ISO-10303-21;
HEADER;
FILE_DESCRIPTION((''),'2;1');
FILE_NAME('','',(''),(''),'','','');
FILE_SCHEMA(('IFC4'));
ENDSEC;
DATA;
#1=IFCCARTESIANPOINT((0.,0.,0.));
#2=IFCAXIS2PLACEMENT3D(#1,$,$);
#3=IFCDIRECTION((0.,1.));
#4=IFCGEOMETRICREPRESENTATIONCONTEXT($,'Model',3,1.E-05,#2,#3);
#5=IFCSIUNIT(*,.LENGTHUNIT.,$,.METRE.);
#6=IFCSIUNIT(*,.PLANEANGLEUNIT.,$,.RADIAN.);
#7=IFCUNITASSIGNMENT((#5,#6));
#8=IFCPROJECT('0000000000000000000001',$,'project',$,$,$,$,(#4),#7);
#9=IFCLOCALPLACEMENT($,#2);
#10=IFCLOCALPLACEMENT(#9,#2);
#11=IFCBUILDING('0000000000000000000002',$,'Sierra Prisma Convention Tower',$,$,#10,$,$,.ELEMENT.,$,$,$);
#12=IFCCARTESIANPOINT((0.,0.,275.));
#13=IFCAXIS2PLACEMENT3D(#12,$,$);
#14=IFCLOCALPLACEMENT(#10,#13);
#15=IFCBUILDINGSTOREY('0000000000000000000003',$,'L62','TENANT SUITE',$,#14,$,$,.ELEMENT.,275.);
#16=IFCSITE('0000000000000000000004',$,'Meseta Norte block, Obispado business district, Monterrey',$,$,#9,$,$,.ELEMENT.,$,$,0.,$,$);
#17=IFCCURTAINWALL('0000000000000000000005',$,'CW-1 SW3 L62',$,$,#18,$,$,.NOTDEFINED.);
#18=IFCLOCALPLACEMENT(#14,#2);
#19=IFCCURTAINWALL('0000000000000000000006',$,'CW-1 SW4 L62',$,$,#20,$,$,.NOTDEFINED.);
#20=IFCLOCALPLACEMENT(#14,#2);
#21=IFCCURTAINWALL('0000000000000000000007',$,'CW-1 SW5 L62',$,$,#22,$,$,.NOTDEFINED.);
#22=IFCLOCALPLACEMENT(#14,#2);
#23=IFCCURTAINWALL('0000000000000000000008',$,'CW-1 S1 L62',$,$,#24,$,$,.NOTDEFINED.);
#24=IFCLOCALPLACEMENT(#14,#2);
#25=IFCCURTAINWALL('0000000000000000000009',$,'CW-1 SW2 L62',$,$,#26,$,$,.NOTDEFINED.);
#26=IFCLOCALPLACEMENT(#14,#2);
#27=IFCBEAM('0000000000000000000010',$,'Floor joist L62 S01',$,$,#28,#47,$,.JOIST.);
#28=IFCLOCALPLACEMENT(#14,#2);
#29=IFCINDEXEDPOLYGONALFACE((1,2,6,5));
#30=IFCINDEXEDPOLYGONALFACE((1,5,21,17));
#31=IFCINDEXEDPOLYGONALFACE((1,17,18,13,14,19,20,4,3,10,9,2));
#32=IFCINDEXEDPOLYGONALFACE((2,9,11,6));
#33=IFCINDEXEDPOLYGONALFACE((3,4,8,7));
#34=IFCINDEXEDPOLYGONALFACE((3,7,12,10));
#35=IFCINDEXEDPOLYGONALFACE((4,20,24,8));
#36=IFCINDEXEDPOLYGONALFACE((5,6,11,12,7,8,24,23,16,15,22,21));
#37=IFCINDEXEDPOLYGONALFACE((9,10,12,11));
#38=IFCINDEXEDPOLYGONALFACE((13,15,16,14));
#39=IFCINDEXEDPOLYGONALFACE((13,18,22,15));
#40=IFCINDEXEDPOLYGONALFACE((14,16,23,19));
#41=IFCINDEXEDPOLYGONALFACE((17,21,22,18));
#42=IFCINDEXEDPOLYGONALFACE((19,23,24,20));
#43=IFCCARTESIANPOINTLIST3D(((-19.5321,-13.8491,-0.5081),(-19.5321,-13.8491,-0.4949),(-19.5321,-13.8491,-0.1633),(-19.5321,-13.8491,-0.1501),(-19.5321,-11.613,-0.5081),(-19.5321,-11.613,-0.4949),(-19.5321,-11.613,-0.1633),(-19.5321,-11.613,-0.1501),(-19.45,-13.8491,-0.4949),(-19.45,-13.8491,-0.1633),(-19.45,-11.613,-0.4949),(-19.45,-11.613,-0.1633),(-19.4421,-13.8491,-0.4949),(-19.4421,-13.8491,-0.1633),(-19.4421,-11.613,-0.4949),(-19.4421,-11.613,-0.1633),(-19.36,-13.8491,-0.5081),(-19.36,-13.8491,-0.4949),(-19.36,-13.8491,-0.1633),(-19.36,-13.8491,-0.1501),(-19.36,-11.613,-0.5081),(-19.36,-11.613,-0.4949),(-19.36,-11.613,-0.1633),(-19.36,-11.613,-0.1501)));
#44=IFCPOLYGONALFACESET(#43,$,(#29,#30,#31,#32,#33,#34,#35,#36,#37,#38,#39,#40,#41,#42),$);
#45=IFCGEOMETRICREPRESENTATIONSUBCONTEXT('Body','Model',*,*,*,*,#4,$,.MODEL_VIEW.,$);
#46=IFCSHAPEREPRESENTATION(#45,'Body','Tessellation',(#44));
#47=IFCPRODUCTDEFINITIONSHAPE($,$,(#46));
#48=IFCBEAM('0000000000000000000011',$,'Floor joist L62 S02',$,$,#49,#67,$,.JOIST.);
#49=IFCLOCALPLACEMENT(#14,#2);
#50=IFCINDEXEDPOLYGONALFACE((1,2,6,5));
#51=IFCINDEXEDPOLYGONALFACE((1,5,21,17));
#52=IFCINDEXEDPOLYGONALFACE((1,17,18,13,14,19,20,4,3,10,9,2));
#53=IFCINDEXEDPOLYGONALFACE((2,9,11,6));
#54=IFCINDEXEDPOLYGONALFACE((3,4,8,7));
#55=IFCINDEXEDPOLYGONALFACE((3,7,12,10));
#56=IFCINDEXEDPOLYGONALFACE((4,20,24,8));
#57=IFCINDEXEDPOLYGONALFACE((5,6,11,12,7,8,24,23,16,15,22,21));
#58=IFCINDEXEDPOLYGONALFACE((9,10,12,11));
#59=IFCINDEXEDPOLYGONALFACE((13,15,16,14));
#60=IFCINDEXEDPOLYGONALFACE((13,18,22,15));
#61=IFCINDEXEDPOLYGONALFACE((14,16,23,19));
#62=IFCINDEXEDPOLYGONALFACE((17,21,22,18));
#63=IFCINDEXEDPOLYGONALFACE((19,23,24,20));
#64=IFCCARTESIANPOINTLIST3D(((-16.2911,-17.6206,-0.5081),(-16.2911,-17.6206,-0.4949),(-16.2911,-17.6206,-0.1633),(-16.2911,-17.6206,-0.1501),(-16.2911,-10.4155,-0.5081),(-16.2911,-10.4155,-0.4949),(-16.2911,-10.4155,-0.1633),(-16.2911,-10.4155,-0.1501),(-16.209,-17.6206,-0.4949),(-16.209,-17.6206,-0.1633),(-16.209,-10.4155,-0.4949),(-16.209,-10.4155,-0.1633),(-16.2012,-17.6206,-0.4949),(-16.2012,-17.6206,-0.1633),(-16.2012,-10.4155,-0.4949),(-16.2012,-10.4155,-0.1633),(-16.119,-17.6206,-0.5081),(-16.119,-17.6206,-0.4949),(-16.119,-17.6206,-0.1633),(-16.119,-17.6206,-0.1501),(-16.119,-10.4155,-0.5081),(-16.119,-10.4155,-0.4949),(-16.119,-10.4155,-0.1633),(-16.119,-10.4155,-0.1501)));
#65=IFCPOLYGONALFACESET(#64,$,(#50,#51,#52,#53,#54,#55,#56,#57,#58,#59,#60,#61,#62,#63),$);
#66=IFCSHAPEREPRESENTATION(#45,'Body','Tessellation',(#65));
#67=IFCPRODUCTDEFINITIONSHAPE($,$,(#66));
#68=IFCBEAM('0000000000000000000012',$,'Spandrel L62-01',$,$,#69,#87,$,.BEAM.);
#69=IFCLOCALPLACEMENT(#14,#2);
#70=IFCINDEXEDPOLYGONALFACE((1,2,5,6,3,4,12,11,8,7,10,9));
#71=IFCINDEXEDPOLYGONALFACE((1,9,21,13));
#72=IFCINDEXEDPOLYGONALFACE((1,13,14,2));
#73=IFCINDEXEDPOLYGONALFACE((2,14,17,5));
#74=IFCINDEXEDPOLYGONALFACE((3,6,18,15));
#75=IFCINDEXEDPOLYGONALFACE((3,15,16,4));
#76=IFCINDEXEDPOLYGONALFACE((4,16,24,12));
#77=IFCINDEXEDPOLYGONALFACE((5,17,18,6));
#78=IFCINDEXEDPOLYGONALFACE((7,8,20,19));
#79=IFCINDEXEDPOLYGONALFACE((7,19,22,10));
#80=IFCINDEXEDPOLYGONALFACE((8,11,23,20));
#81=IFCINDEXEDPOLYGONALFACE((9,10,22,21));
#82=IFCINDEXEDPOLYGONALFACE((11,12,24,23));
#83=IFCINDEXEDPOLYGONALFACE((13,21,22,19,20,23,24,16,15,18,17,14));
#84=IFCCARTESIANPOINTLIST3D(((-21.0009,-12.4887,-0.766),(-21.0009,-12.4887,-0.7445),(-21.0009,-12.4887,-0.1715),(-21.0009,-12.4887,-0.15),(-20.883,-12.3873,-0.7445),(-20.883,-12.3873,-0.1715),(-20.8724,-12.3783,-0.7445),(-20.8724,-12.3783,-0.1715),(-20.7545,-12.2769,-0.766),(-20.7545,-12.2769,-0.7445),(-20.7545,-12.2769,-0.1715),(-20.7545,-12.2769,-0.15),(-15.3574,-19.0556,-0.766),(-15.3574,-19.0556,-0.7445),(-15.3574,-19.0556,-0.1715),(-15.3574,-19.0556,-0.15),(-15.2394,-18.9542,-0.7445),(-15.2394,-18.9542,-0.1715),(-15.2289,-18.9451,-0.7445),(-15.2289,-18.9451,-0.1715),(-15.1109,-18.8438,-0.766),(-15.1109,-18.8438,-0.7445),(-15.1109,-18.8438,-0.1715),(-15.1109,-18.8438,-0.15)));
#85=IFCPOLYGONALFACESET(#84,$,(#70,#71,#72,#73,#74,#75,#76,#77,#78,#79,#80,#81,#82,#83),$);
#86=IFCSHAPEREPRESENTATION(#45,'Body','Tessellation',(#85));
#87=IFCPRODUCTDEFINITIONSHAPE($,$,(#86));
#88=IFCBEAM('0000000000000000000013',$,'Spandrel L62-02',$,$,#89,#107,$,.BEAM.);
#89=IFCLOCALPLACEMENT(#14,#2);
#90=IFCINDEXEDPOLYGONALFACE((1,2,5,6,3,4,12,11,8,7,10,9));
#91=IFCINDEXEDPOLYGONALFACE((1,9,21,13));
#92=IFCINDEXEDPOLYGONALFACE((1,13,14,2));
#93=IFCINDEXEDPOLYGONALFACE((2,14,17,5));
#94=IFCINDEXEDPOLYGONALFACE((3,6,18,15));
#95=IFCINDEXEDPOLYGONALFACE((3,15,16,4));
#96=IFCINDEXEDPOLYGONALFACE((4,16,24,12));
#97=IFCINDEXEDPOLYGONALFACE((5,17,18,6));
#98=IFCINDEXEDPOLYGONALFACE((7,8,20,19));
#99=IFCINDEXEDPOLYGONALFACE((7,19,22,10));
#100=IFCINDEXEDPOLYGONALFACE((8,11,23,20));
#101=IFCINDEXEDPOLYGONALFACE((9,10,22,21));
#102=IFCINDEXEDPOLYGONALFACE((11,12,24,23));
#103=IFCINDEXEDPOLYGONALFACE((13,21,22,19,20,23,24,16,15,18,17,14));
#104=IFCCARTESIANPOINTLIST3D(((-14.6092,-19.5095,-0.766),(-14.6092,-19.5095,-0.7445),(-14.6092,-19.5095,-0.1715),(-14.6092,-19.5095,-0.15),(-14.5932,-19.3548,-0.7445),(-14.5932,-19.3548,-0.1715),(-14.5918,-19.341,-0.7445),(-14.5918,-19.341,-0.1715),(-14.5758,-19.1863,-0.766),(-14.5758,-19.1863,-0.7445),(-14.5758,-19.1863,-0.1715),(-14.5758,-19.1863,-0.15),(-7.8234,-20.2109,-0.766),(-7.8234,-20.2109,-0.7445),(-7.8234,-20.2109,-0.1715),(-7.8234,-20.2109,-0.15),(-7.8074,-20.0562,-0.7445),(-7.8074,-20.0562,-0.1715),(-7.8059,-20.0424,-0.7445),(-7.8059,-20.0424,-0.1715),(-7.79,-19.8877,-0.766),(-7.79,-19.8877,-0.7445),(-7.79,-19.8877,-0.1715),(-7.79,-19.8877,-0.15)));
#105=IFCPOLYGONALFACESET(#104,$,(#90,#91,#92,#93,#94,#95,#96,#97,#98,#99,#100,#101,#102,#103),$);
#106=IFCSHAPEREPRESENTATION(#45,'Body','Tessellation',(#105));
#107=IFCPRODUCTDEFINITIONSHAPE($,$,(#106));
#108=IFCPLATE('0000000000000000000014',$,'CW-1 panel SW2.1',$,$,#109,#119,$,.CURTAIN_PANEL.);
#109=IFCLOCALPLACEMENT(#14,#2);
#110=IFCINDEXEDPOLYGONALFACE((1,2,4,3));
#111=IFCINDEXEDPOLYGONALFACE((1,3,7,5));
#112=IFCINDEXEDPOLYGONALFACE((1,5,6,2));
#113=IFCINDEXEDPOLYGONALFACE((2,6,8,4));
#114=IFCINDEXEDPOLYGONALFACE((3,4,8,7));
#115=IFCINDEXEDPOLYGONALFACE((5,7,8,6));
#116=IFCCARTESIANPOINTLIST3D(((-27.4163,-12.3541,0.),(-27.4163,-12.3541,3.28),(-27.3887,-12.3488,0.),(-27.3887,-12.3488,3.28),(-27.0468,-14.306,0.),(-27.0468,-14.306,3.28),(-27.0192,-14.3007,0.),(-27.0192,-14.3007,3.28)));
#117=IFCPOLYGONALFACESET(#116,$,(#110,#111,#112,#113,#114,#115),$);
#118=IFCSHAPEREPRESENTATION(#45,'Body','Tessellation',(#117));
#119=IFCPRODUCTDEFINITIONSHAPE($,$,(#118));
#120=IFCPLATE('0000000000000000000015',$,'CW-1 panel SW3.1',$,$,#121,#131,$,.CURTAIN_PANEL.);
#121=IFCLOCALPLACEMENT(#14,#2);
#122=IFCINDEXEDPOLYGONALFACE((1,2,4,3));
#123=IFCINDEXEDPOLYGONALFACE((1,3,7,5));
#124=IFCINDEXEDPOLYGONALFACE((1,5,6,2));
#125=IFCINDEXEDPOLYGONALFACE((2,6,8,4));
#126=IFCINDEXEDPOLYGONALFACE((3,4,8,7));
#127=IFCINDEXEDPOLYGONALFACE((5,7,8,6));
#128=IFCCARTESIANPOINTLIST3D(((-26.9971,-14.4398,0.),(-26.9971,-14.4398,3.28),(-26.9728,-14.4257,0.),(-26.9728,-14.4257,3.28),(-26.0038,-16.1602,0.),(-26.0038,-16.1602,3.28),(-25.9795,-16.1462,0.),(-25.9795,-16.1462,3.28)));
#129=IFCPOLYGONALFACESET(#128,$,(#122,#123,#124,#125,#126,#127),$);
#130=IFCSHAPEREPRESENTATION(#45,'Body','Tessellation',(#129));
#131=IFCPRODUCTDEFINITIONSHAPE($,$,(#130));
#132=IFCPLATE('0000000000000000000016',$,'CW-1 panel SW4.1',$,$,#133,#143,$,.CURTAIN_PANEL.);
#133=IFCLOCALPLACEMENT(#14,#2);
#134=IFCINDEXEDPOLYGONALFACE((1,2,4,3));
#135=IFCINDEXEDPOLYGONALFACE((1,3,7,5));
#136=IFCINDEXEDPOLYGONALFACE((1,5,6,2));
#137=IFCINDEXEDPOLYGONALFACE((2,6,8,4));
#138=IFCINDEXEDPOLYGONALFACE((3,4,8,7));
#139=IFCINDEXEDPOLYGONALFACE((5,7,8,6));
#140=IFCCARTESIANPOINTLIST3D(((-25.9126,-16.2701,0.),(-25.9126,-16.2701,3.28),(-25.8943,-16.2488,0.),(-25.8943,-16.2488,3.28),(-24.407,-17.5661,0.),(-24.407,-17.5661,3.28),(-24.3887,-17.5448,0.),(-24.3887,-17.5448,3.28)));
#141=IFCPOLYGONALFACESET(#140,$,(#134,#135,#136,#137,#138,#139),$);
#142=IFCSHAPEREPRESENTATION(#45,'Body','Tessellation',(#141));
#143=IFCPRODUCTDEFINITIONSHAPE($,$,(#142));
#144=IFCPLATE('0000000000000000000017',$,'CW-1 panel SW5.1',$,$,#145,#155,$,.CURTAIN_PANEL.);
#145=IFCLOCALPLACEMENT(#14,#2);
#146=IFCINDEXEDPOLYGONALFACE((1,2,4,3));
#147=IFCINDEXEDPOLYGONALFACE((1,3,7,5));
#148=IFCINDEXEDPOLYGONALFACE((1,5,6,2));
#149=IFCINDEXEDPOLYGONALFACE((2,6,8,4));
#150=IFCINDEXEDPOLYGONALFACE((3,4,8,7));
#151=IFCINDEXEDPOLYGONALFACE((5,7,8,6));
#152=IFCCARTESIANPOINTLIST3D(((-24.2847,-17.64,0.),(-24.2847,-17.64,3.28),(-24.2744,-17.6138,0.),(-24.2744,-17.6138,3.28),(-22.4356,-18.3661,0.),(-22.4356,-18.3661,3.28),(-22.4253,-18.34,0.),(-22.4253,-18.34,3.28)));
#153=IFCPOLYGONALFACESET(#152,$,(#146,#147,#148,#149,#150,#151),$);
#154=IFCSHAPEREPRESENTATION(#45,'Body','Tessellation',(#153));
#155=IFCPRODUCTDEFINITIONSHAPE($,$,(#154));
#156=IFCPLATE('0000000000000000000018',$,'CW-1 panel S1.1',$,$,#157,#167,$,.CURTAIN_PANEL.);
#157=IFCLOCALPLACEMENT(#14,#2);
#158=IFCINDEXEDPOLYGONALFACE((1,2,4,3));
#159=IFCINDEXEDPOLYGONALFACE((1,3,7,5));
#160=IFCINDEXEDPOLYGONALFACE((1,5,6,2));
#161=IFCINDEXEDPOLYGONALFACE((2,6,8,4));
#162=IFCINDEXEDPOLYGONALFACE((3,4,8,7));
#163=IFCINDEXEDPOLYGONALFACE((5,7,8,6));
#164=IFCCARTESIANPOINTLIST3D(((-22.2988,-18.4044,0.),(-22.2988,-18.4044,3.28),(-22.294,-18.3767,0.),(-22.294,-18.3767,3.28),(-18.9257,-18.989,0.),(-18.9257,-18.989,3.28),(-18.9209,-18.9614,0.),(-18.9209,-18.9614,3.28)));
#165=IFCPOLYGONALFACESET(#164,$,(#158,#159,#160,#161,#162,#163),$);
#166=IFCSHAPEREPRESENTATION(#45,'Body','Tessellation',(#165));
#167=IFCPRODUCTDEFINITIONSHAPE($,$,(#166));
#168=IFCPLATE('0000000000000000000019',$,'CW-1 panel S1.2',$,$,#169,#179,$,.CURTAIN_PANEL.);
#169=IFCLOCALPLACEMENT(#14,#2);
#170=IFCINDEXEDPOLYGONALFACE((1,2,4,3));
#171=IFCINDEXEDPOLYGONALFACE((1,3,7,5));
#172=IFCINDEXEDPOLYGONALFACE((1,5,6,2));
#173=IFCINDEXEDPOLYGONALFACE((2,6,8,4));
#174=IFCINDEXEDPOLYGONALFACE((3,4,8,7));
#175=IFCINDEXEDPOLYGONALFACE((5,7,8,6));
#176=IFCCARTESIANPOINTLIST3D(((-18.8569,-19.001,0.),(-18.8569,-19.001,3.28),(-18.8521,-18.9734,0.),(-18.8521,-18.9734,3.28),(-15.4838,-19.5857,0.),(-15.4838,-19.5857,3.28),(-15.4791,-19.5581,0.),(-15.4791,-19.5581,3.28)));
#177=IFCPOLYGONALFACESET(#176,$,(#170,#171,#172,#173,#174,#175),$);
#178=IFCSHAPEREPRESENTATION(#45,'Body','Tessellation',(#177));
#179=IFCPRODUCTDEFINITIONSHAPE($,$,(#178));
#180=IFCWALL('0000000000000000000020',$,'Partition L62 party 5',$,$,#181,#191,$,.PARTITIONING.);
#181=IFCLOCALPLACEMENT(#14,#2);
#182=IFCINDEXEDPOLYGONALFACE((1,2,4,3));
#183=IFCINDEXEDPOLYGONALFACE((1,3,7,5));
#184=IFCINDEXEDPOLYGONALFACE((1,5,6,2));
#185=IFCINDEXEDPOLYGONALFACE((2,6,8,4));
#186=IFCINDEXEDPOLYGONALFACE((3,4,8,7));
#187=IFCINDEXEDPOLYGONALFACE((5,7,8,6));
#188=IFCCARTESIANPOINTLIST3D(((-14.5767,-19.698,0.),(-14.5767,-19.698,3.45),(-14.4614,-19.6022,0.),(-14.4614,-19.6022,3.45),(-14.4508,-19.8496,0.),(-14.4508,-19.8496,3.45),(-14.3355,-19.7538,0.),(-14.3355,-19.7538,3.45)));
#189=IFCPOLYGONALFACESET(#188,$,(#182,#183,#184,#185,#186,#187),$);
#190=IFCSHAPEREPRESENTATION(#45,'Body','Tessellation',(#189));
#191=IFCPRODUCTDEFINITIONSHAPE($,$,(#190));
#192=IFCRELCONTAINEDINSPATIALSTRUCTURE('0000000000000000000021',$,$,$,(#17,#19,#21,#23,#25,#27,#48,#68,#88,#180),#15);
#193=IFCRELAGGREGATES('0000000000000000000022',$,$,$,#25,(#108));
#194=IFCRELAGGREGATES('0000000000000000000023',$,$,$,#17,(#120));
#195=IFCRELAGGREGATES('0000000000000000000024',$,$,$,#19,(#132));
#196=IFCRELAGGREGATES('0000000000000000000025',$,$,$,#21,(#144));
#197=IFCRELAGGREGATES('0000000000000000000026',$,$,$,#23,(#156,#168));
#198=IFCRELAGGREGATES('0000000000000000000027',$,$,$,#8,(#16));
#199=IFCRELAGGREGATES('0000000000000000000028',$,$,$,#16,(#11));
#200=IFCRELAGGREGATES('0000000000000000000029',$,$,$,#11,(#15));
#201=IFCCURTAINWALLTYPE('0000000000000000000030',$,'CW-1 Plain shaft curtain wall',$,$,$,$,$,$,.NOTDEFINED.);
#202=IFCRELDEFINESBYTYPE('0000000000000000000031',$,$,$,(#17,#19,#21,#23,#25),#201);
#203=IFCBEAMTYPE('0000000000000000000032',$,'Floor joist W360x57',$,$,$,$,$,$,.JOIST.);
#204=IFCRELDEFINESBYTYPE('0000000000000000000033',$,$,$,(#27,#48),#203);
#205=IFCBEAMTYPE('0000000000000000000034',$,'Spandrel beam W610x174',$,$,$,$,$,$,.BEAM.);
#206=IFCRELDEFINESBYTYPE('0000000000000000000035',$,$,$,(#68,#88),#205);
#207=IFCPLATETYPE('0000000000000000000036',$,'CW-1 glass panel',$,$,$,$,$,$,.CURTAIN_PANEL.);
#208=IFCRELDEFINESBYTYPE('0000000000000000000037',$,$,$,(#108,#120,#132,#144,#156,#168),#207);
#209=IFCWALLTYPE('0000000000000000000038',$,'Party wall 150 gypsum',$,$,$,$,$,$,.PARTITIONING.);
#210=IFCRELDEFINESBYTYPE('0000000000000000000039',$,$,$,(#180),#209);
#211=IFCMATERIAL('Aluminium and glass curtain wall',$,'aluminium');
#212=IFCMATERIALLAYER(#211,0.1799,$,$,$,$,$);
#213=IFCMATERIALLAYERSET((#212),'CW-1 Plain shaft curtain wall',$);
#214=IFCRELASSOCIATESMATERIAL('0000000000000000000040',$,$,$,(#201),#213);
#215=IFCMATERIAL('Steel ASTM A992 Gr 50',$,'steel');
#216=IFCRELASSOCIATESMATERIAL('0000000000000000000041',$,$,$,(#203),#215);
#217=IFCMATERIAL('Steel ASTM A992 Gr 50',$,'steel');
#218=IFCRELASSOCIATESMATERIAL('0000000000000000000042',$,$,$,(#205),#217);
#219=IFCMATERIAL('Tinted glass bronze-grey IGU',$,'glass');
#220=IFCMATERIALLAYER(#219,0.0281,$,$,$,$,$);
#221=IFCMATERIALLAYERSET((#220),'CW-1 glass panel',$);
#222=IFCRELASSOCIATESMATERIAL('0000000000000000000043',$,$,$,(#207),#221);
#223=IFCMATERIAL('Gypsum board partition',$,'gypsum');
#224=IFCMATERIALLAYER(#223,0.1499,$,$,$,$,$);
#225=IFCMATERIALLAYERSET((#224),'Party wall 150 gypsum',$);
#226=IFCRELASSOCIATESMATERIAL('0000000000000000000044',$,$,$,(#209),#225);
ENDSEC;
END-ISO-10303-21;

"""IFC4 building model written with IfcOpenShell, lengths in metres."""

from ifc_helpers import new_model, si_unit, direction, frame, frame_2d, origin, origin_2d, place, context, subcontext, project, spatial, rectangle, i_section, extrude, material, layer, layer_set, material_profile, profile_set, type_object, element, aggregate, save


model = new_model("IFC4")

# Units and contexts
model_context = context("Model", 3, precision=1e-05, world=origin(), true_north=direction((0.0, 1.0)))
body_context = subcontext(model_context, "Body", "Model", "MODEL_VIEW")
ifc_project = project(units=[si_unit("LENGTHUNIT", "METRE"), si_unit("PLANEANGLEUNIT", "RADIAN")], contexts=[model_context])

# Site, building, storey
site_placement = place(None, origin())
site = spatial("IfcSite", under=ifc_project, at=site_placement, Name="Meseta Norte block, Obispado business district, Monterrey", CompositionType="ELEMENT", RefElevation=0.0)
building_placement = place(site_placement, origin())
building = spatial("IfcBuilding", under=site, at=building_placement, Name="Sierra Prisma Convention Tower", CompositionType="ELEMENT")
storey_placement = place(building_placement, frame((0.0, 0.0, 275.0)))
storey = spatial("IfcBuildingStorey", under=building, at=storey_placement, Name="L62", Description="TENANT SUITE", CompositionType="ELEMENT", Elevation=275.0)

# Curtain walls
ifc_material_1 = material(Name="Aluminium and glass curtain wall", Category="aluminium")
ifc_layer_1 = layer(ifc_material_1, 0.1799)
ifc_layer_set_1 = layer_set([ifc_layer_1], Name="CW-1 Plain shaft curtain wall")
curtain_wall_type = type_object("IfcCurtainWallType", Name="CW-1 Plain shaft curtain wall", PredefinedType="NOTDEFINED", material=ifc_layer_set_1)
curtain_wall_1_placement = place(storey_placement, origin())
curtain_wall_1 = element("IfcCurtainWall", 1, at=curtain_wall_1_placement, inside=storey, type_object=curtain_wall_type, Name="CW-1 SW3 L62", PredefinedType="NOTDEFINED")
curtain_wall_2_placement = place(storey_placement, origin())
curtain_wall_2 = element("IfcCurtainWall", 2, at=curtain_wall_2_placement, inside=storey, type_object=curtain_wall_type, Name="CW-1 SW4 L62", PredefinedType="NOTDEFINED")
curtain_wall_3_placement = place(storey_placement, origin())
curtain_wall_3 = element("IfcCurtainWall", 3, at=curtain_wall_3_placement, inside=storey, type_object=curtain_wall_type, Name="CW-1 SW5 L62", PredefinedType="NOTDEFINED")

# Curtain wall
curtain_wall_4_placement = place(storey_placement, origin())
curtain_wall_4 = element("IfcCurtainWall", 4, at=curtain_wall_4_placement, inside=storey, type_object=curtain_wall_type, Name="CW-1 S1 L62", PredefinedType="NOTDEFINED")

# Curtain wall
curtain_wall_5_placement = place(storey_placement, origin())
curtain_wall_5 = element("IfcCurtainWall", 5, at=curtain_wall_5_placement, inside=storey, type_object=curtain_wall_type, Name="CW-1 SW2 L62", PredefinedType="NOTDEFINED")

# Beams
ifc_material_2 = material(Name="Steel ASTM A992 Gr 50", Category="steel")
ifc_material_profile_1 = material_profile(ifc_material_2, i_section(OverallWidth=0.1721, OverallDepth=0.3579, WebThickness=0.0078, FlangeThickness=0.0132, at=origin_2d()), Name="W360x57")
ifc_profile_set_1 = profile_set([ifc_material_profile_1], Name="Steel ASTM A992 Gr 50")
beam_type_1 = type_object("IfcBeamType", Name="Floor joist W360x57", PredefinedType="JOIST", material=ifc_profile_set_1)
beam_1_placement = place(storey_placement, frame((-19.446, -13.8491, -0.3291), z_axis=(0.0, 1.0, 0.0), x_axis=(-1.0, 0.0, 0.0)))
element("IfcBeam", 6, at=beam_1_placement, inside=storey, type_object=beam_type_1, Name="Floor joist L62 S01", PredefinedType="JOIST", context=body_context, shape_type="SweptSolid", body=[
    extrude(i_section(OverallWidth=0.1721, OverallDepth=0.3579, WebThickness=0.0078, FlangeThickness=0.0132, at=origin_2d()), origin(), (0.0, 0.0, 1.0), 2.2361),
])
beam_2_placement = place(storey_placement, frame((-16.2051, -17.6206, -0.3291), z_axis=(0.0, 1.0, 0.0), x_axis=(-1.0, 0.0, 0.0)))
element("IfcBeam", 7, at=beam_2_placement, inside=storey, type_object=beam_type_1, Name="Floor joist L62 S02", PredefinedType="JOIST", context=body_context, shape_type="SweptSolid", body=[
    extrude(i_section(OverallWidth=0.1721, OverallDepth=0.3579, WebThickness=0.0078, FlangeThickness=0.0132, at=origin_2d()), origin(), (0.0, 0.0, 1.0), 7.2051),
])
ifc_material_3 = material(Name="Steel ASTM A992 Gr 50", Category="steel")
ifc_material_profile_2 = material_profile(ifc_material_3, i_section(OverallWidth=0.325, OverallDepth=0.616, WebThickness=0.0139, FlangeThickness=0.0215, at=origin_2d()), Name="W610x174")
ifc_profile_set_2 = profile_set([ifc_material_profile_2], Name="Steel ASTM A992 Gr 50")
beam_type_2 = type_object("IfcBeamType", Name="Spandrel beam W610x174", PredefinedType="BEAM", material=ifc_profile_set_2)
beam_3_placement = place(storey_placement, frame((-20.8777, -12.3828, -0.458), z_axis=(0.651775, -0.758412, 0.0), x_axis=(0.758412, 0.651775, 0.0)))
element("IfcBeam", 8, at=beam_3_placement, inside=storey, type_object=beam_type_2, Name="Spandrel L62-01", PredefinedType="BEAM", context=body_context, shape_type="SweptSolid", body=[
    extrude(i_section(OverallWidth=0.325, OverallDepth=0.616, WebThickness=0.0139, FlangeThickness=0.0215, at=origin_2d()), origin(), (0.0, 0.0, 1.0), 8.6587),
])
beam_4_placement = place(storey_placement, frame((-14.5925, -19.3479, -0.458), z_axis=(0.9947, -0.102816, 0.0), x_axis=(0.102816, 0.9947, 0.0)))
element("IfcBeam", 9, at=beam_4_placement, inside=storey, type_object=beam_type_2, Name="Spandrel L62-02", PredefinedType="BEAM", context=body_context, shape_type="SweptSolid", body=[
    extrude(i_section(OverallWidth=0.325, OverallDepth=0.616, WebThickness=0.0139, FlangeThickness=0.0215, at=origin_2d()), origin(), (0.0, 0.0, 1.0), 6.822),
])

# Plates
ifc_material_4 = material(Name="Tinted glass bronze-grey IGU", Category="glass")
ifc_layer_2 = layer(ifc_material_4, 0.0281)
ifc_layer_set_2 = layer_set([ifc_layer_2], Name="CW-1 glass panel")
plate_type = type_object("IfcPlateType", Name="CW-1 glass panel", PredefinedType="CURTAIN_PANEL", material=ifc_layer_set_2)
plate_1_placement = place(storey_placement, frame((-27.2178, -13.3274, 0.0), z_axis=(0.0, 0.0, 1.0), x_axis=(0.186014, -0.982547, 0.0)))
plate_1 = element("IfcPlate", 10, at=plate_1_placement, type_object=plate_type, Name="CW-1 panel SW2.1", PredefinedType="CURTAIN_PANEL", context=body_context, shape_type="SweptSolid", body=[
    extrude(rectangle(XDim=1.9866, YDim=0.0281, at=origin_2d()), origin(), (0.0, 0.0, 1.0), 3.28),
])
aggregate(curtain_wall_5, [plate_1])
plate_2_placement = place(storey_placement, frame((-26.4883, -15.293, 0.0), z_axis=(0.0, 0.0, 1.0), x_axis=(0.5, -0.866025, 0.0)))
plate_2 = element("IfcPlate", 11, at=plate_2_placement, type_object=plate_type, Name="CW-1 panel SW3.1", PredefinedType="CURTAIN_PANEL", context=body_context, shape_type="SweptSolid", body=[
    extrude(rectangle(XDim=1.9866, YDim=0.0281, at=origin_2d()), origin(), (0.0, 0.0, 1.0), 3.28),
])
aggregate(curtain_wall_1, [plate_2])
plate_3_placement = place(storey_placement, frame((-25.1506, -16.9075, 0.0), z_axis=(0.0, 0.0, 1.0), x_axis=(0.757903, -0.652367, 0.0)))
plate_3 = element("IfcPlate", 12, at=plate_3_placement, type_object=plate_type, Name="CW-1 panel SW4.1", PredefinedType="CURTAIN_PANEL", context=body_context, shape_type="SweptSolid", body=[
    extrude(rectangle(XDim=1.9866, YDim=0.0281, at=origin_2d()), origin(), (0.0, 0.0, 1.0), 3.28),
])
aggregate(curtain_wall_2, [plate_3])
plate_4_placement = place(storey_placement, frame((-23.355, -17.99, 0.0), z_axis=(0.0, 0.0, 1.0), x_axis=(0.930797, -0.365536, 0.0)))
plate_4 = element("IfcPlate", 13, at=plate_4_placement, type_object=plate_type, Name="CW-1 panel SW5.1", PredefinedType="CURTAIN_PANEL", context=body_context, shape_type="SweptSolid", body=[
    extrude(rectangle(XDim=1.9866, YDim=0.0281, at=origin_2d()), origin(), (0.0, 0.0, 1.0), 3.28),
])
aggregate(curtain_wall_3, [plate_4])
plate_5_placement = place(storey_placement, frame((-20.6099, -18.6829, 0.0), z_axis=(0.0, 0.0, 1.0), x_axis=(0.985307, -0.170793, 0.0)))
plate_5 = element("IfcPlate", 14, at=plate_5_placement, type_object=plate_type, Name="CW-1 panel S1.1", PredefinedType="CURTAIN_PANEL", context=body_context, shape_type="SweptSolid", body=[
    extrude(rectangle(XDim=3.4233, YDim=0.0281, at=origin_2d()), origin(), (0.0, 0.0, 1.0), 3.28),
])
plate_6_placement = place(storey_placement, frame((-17.168, -19.2795, 0.0), z_axis=(0.0, 0.0, 1.0), x_axis=(0.985307, -0.170793, 0.0)))
plate_6 = element("IfcPlate", 15, at=plate_6_placement, type_object=plate_type, Name="CW-1 panel S1.2", PredefinedType="CURTAIN_PANEL", context=body_context, shape_type="SweptSolid", body=[
    extrude(rectangle(XDim=3.4233, YDim=0.0281, at=origin_2d()), origin(), (0.0, 0.0, 1.0), 3.28),
])
aggregate(curtain_wall_4, [plate_5, plate_6])

# Wall
ifc_material_5 = material(Name="Gypsum board partition", Category="gypsum")
ifc_layer_3 = layer(ifc_material_5, 0.1499)
ifc_layer_set_3 = layer_set([ifc_layer_3], Name="Party wall 150 gypsum")
wall_type = type_object("IfcWallType", Name="Party wall 150 gypsum", PredefinedType="PARTITIONING", material=ifc_layer_set_3)
wall_placement = place(storey_placement, frame((-14.3931, -19.8018, 0.0), z_axis=(0.0, 0.0, 1.0), x_axis=(-0.639087, 0.769134, 0.0)))
element("IfcWall", 16, at=wall_placement, inside=storey, type_object=wall_type, Name="Partition L62 party 5", PredefinedType="PARTITIONING", context=body_context, shape_type="SweptSolid", body=[
    extrude(rectangle(XDim=0.197, YDim=0.1499, at=frame_2d((0.0986, 0.0))), origin(), (0.0, 0.0, 1.0), 3.45),
])

save(model, "model.ifc")
